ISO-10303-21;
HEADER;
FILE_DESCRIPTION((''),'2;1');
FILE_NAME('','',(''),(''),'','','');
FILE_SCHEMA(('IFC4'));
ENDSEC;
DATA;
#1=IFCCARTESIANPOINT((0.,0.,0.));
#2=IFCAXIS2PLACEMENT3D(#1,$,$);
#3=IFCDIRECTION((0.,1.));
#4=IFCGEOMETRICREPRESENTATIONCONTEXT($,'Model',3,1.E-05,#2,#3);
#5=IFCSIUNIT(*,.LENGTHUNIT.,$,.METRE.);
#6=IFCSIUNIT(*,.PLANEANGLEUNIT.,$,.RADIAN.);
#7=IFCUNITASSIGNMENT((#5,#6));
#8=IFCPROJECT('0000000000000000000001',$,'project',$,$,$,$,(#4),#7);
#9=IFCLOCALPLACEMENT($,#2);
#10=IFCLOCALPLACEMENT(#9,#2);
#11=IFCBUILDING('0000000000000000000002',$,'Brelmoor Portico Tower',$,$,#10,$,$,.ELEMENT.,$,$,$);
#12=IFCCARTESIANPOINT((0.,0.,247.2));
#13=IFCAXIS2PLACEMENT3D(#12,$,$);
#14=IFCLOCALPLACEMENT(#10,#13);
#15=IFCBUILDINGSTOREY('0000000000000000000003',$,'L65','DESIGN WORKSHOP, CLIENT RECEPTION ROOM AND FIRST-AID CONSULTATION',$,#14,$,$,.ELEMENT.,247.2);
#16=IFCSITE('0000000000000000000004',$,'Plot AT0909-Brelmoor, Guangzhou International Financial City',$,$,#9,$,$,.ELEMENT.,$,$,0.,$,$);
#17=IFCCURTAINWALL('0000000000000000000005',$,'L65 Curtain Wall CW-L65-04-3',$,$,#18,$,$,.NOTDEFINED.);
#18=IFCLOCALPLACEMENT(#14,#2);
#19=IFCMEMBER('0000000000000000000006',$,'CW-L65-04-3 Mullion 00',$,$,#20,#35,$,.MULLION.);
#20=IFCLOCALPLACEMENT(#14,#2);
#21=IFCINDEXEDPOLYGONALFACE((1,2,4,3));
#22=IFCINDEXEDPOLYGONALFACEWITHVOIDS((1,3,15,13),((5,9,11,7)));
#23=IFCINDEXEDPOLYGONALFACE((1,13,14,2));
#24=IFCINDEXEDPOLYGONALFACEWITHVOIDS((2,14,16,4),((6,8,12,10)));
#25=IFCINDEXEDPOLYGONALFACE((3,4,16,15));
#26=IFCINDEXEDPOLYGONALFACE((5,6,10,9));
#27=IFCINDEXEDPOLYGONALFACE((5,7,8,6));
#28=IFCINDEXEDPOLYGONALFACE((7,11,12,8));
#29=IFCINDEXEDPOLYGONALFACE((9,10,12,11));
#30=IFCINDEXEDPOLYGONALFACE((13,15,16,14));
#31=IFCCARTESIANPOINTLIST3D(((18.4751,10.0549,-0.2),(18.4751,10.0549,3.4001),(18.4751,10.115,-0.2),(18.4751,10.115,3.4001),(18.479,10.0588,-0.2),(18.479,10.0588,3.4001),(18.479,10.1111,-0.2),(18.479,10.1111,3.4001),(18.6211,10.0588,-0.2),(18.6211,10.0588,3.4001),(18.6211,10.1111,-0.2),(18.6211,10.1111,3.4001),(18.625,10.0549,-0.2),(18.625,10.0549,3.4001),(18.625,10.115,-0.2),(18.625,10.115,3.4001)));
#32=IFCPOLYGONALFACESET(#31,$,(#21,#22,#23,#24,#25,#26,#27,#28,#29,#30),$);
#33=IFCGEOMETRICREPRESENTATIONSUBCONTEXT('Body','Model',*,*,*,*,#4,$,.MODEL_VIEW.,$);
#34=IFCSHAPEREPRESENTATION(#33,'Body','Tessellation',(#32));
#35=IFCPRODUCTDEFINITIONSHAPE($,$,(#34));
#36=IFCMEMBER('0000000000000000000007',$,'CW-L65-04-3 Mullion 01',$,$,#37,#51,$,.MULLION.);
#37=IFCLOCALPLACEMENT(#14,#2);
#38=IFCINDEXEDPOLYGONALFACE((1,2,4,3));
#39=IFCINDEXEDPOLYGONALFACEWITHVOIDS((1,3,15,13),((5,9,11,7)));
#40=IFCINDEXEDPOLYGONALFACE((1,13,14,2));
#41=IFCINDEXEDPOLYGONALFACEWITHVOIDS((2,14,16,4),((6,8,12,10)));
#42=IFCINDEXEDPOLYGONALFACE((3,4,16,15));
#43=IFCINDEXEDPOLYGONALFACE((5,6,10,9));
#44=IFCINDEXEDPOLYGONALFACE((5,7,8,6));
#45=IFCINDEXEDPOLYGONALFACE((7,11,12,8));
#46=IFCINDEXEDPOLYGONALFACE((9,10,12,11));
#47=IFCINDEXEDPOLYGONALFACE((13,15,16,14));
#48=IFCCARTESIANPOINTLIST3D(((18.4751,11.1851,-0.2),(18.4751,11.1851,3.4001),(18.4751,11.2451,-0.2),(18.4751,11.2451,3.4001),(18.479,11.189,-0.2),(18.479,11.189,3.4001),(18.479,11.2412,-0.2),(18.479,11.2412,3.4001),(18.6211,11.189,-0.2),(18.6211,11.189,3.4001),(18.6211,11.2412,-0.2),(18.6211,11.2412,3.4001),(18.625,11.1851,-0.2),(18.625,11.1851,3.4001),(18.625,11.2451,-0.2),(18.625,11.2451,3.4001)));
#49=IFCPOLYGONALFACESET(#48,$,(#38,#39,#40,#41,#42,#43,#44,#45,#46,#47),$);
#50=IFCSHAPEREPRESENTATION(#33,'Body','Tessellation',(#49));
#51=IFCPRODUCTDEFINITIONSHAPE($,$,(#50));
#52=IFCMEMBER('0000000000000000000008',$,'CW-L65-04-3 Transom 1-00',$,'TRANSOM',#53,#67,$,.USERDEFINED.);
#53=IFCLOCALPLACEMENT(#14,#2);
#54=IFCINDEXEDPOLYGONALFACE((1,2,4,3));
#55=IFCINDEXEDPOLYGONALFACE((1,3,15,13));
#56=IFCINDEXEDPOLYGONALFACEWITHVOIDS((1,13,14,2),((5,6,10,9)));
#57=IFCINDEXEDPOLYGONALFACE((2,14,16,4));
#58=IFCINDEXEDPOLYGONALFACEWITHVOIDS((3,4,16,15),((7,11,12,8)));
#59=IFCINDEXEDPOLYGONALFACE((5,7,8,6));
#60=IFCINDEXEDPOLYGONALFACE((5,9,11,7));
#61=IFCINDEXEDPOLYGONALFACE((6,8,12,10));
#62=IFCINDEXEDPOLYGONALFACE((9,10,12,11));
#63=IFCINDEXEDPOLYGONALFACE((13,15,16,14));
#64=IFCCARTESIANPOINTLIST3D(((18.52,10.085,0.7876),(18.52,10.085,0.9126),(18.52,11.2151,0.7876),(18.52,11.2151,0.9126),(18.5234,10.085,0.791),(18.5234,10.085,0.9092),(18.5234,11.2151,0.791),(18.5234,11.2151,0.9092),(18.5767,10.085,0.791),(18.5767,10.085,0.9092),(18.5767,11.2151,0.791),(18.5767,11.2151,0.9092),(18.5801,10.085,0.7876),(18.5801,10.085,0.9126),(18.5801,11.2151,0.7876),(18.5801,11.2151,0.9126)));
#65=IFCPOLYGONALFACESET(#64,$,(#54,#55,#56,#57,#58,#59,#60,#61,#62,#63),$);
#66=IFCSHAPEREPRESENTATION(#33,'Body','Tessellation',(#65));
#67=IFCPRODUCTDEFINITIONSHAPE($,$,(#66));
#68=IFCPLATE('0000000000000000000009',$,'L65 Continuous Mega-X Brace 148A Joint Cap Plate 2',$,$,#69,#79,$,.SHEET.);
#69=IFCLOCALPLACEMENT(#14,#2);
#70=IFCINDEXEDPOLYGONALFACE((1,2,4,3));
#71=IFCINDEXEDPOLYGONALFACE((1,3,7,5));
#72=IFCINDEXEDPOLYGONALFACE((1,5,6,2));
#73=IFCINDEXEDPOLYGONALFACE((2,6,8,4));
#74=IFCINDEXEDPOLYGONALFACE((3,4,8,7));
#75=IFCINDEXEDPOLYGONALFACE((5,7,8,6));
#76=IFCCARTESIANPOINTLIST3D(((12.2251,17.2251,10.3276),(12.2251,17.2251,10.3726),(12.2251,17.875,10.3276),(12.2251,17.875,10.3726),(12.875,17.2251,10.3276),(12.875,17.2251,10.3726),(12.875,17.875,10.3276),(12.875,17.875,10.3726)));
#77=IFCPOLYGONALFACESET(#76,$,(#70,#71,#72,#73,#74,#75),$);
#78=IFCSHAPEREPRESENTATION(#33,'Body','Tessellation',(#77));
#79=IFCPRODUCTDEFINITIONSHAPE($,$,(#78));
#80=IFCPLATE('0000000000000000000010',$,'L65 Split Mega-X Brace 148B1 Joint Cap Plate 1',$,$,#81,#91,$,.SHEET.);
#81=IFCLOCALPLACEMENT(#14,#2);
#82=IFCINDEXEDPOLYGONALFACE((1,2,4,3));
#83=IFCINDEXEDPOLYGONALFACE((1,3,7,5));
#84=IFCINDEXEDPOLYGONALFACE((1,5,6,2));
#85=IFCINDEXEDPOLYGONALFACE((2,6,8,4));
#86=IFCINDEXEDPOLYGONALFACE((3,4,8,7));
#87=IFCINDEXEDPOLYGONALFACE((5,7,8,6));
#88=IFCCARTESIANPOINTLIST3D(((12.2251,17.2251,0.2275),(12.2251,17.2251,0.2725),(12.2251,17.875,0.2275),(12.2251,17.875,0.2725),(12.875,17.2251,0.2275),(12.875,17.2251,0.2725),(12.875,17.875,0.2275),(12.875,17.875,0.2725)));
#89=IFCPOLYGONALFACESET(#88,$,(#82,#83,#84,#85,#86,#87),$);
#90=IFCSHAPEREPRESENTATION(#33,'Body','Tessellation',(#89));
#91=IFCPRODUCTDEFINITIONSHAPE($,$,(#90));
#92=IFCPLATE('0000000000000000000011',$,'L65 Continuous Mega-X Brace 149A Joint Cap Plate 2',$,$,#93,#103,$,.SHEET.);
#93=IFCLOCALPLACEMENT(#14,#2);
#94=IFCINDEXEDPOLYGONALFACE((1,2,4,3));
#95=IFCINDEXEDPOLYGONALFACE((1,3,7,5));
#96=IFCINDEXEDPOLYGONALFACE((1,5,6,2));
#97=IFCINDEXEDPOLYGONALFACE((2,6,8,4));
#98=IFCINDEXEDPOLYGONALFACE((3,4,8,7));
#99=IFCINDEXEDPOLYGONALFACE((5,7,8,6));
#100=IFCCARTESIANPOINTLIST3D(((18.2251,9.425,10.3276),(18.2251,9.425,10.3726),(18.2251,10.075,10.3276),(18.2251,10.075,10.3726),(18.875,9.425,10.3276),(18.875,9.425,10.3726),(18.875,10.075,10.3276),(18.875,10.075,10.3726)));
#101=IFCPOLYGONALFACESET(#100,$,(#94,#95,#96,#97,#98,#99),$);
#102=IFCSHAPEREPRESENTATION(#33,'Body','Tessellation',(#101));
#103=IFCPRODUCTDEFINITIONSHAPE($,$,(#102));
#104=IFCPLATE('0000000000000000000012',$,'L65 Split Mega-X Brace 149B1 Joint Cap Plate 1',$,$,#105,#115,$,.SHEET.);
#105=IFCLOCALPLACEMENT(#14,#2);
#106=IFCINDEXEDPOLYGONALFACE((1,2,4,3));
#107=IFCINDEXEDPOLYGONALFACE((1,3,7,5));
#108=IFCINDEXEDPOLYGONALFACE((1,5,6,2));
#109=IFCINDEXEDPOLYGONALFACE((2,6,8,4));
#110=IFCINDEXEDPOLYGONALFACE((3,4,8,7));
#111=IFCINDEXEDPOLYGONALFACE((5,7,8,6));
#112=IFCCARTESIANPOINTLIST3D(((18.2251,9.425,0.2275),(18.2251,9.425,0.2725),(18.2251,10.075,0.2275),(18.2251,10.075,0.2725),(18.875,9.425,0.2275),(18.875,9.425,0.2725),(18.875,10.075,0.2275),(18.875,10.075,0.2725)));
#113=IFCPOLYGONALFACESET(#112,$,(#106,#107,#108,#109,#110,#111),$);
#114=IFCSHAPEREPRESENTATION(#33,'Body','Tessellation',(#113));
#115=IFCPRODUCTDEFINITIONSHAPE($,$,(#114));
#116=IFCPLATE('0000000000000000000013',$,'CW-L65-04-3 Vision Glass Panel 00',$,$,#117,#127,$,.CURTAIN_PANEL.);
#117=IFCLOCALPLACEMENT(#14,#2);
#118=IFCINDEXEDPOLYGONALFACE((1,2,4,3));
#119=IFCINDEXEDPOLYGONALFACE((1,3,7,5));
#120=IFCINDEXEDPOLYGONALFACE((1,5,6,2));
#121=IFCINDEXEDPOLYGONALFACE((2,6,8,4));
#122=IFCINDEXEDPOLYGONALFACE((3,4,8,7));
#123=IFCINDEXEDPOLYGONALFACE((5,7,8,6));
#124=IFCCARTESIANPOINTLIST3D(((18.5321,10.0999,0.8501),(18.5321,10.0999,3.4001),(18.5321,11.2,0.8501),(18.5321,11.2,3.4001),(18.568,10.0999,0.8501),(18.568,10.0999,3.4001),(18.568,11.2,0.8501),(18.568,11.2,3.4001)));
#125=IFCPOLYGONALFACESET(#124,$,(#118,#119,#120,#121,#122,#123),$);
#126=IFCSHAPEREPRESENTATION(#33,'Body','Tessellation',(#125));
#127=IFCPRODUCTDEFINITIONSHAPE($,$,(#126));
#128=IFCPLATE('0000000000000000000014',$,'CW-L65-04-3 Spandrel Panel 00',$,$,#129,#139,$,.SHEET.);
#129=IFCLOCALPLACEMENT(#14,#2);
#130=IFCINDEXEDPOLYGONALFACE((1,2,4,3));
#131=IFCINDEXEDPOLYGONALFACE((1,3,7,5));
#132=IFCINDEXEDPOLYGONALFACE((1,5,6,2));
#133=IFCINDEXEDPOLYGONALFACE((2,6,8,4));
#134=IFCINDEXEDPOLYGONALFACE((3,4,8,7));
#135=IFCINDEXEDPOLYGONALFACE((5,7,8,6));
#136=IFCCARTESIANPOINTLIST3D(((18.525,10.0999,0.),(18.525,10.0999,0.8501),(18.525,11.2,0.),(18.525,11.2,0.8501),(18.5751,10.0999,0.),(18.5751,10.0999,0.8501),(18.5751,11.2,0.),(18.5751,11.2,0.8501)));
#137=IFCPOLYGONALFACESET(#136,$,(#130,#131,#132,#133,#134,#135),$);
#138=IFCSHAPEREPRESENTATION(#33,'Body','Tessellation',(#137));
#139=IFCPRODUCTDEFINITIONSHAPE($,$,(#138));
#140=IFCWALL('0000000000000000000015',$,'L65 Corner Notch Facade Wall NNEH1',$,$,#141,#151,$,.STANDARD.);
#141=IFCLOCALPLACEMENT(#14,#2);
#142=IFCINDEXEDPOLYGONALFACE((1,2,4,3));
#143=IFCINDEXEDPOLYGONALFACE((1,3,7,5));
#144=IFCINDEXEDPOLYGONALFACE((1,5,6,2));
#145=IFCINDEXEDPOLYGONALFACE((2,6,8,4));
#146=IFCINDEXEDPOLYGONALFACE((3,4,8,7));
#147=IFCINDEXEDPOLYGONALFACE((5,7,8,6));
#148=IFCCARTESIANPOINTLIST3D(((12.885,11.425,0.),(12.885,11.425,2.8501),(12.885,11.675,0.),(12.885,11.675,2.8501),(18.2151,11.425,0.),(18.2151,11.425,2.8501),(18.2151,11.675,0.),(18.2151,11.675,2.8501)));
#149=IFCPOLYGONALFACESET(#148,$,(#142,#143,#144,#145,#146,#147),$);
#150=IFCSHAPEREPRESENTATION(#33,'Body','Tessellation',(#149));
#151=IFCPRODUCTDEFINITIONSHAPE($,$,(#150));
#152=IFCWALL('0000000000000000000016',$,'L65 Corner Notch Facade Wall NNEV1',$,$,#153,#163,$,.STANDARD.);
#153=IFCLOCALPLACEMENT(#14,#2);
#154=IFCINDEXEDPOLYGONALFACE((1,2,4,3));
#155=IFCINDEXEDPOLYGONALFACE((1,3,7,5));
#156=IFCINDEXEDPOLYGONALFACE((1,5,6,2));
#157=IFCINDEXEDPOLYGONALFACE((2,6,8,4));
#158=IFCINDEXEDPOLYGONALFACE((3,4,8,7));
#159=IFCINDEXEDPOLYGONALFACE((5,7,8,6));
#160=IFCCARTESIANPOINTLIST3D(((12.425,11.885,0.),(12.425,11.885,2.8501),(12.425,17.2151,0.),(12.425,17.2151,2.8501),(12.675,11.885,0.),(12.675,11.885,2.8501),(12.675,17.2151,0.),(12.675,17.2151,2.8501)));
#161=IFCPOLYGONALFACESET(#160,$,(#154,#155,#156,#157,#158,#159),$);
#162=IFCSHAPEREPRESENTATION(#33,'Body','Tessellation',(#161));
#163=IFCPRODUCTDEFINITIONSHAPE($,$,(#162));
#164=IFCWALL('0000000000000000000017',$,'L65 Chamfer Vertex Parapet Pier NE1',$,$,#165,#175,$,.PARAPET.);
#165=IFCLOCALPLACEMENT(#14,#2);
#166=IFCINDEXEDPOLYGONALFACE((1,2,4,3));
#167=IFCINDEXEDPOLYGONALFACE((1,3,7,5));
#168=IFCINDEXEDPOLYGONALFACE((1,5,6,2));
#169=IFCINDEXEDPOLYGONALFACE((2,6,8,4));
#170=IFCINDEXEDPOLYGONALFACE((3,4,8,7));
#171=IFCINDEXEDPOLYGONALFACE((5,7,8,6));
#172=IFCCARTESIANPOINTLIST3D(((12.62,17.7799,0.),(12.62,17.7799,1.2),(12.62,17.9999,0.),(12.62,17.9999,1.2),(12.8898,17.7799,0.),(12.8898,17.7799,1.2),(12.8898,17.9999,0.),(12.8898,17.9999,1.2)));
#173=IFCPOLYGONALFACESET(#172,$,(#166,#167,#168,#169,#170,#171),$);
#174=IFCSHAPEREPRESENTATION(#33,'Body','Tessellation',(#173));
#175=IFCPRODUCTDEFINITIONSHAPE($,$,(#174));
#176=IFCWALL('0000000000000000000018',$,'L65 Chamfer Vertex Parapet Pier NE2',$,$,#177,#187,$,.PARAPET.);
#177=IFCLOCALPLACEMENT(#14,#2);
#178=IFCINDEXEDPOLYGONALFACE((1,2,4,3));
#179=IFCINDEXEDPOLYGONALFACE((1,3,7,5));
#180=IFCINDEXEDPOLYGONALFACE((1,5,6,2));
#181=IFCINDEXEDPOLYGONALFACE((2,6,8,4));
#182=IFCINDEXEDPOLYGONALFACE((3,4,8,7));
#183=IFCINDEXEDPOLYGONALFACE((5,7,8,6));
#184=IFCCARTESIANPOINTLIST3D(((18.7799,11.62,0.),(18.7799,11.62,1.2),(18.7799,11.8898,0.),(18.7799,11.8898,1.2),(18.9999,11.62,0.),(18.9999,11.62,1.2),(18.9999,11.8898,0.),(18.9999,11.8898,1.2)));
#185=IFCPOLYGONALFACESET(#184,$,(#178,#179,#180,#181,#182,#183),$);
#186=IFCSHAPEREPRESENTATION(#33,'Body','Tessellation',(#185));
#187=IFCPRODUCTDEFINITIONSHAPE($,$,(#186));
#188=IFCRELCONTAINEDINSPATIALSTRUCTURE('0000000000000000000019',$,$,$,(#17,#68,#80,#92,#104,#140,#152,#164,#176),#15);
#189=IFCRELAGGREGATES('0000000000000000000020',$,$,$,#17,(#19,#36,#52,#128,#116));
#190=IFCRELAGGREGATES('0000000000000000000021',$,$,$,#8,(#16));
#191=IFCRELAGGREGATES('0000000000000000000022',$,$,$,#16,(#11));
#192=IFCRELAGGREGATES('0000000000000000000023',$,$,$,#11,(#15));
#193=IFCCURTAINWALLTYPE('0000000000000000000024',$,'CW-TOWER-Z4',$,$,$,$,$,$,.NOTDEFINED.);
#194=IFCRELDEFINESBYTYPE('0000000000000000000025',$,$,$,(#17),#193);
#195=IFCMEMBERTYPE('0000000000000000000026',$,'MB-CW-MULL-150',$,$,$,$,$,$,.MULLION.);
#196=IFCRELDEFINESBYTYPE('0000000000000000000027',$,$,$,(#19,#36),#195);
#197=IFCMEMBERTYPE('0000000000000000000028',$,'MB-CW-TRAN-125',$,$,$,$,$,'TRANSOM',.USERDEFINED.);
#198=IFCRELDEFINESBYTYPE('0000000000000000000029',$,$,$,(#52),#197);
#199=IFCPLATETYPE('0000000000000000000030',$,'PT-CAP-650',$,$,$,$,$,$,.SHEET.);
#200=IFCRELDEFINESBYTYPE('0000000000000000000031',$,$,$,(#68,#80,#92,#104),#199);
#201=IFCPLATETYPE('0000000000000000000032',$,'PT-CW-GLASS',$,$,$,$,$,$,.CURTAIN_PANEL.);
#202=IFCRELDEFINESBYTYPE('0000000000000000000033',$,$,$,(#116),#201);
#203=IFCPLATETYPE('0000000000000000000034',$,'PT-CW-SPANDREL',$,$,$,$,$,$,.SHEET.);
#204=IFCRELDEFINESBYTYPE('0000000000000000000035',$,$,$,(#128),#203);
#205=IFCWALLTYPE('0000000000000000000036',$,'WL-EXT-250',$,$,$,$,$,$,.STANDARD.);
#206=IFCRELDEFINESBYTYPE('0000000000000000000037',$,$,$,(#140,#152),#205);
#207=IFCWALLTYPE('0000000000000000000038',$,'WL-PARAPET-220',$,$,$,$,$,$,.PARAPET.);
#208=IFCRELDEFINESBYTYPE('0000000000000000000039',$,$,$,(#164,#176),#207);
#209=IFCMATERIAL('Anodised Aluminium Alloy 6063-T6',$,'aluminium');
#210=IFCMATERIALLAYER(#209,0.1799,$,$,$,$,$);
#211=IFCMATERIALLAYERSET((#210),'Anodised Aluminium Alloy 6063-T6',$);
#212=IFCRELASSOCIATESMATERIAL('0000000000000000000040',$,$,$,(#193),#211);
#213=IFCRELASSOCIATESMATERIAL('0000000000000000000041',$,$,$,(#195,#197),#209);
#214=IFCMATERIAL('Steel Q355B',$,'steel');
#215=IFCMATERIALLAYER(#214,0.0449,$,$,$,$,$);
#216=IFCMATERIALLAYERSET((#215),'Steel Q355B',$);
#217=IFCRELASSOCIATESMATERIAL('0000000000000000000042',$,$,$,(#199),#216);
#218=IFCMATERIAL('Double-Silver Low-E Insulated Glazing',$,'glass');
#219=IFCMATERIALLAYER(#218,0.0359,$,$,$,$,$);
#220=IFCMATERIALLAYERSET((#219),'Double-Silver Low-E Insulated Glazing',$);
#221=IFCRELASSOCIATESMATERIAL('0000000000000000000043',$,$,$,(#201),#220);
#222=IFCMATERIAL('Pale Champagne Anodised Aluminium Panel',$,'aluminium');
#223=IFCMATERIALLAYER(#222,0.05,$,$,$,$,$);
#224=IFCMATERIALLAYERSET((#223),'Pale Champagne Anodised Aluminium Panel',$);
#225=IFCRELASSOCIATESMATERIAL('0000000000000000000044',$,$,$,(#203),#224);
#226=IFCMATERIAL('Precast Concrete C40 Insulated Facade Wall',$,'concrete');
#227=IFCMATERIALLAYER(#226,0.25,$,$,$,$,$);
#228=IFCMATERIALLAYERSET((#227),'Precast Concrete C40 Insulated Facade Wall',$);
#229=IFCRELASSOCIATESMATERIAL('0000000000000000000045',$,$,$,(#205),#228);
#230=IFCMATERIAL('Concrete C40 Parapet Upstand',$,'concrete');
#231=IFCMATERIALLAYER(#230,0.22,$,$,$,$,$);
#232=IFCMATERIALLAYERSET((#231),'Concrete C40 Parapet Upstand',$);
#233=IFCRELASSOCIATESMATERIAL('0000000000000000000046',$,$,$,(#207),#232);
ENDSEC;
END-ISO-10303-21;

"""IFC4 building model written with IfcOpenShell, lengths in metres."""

from ifc_helpers import new_model, si_unit, direction, frame, frame_2d, origin, origin_2d, place, context, subcontext, project, spatial, rectangle, hollow_rectangle, extrude, material, layer, layer_set, material_profile, profile_set, type_object, element, aggregate, save


model = new_model("IFC4")

# Units and contexts
model_context = context("Model", 3, precision=1e-05, world=origin(), true_north=direction((0.0, 1.0)))
body_context = subcontext(model_context, "Body", "Model", "MODEL_VIEW")
ifc_project = project(units=[si_unit("LENGTHUNIT", "METRE"), si_unit("PLANEANGLEUNIT", "RADIAN")], contexts=[model_context])

# Site, building, storey
site_placement = place(None, origin())
site = spatial("IfcSite", under=ifc_project, at=site_placement, Name="Plot AT0909-Brelmoor, Guangzhou International Financial City", CompositionType="ELEMENT", RefElevation=0.0)
building_placement = place(site_placement, origin())
building = spatial("IfcBuilding", under=site, at=building_placement, Name="Brelmoor Portico Tower", CompositionType="ELEMENT")
storey_placement = place(building_placement, frame((0.0, 0.0, 247.2)))
storey = spatial("IfcBuildingStorey", under=building, at=storey_placement, Name="L65", Description="DESIGN WORKSHOP, CLIENT RECEPTION ROOM AND FIRST-AID CONSULTATION", CompositionType="ELEMENT", Elevation=247.2)

# Shared definitions
ifc_material_1 = material(Name="Steel Q355B", Category="steel")

# Curtain wall, members
ifc_material_2 = material(Name="Anodised Aluminium Alloy 6063-T6", Category="aluminium")
ifc_layer_1 = layer(ifc_material_2, 0.1799)
ifc_layer_set_1 = layer_set([ifc_layer_1], Name="Anodised Aluminium Alloy 6063-T6")
curtain_wall_type = type_object("IfcCurtainWallType", Name="CW-TOWER-Z4", PredefinedType="NOTDEFINED", material=ifc_layer_set_1)
curtain_wall_placement = place(storey_placement, origin())
curtain_wall = element("IfcCurtainWall", 1, at=curtain_wall_placement, inside=storey, type_object=curtain_wall_type, Name="L65 Curtain Wall CW-L65-04-3", PredefinedType="NOTDEFINED")
ifc_material_profile_1 = material_profile(ifc_material_2, hollow_rectangle(XDim=0.0601, YDim=0.1499, WallThickness=0.0039, at=origin_2d()), Name="ALU MULLION 60x150")
ifc_profile_set_1 = profile_set([ifc_material_profile_1], Name="Anodised Aluminium Alloy 6063-T6")
member_type_1 = type_object("IfcMemberType", Name="MB-CW-MULL-150", PredefinedType="MULLION", material=ifc_profile_set_1)
member_1_placement = place(storey_placement, frame((18.55, 10.085, -0.2), z_axis=(0.0, 0.0, 1.0), x_axis=(0.0, 1.0, 0.0)))
member_1 = element("IfcMember", 2, at=member_1_placement, type_object=member_type_1, Name="CW-L65-04-3 Mullion 00", PredefinedType="MULLION", context=body_context, shape_type="SweptSolid", body=[
    extrude(hollow_rectangle(XDim=0.0601, YDim=0.1499, WallThickness=0.0039, at=origin_2d()), origin(), (0.0, 0.0, 1.0), 3.6001),
])
member_2_placement = place(storey_placement, frame((18.55, 11.2151, -0.2), z_axis=(0.0, 0.0, 1.0), x_axis=(0.0, 1.0, 0.0)))
member_2 = element("IfcMember", 3, at=member_2_placement, type_object=member_type_1, Name="CW-L65-04-3 Mullion 01", PredefinedType="MULLION", context=body_context, shape_type="SweptSolid", body=[
    extrude(hollow_rectangle(XDim=0.0601, YDim=0.1499, WallThickness=0.0039, at=origin_2d()), origin(), (0.0, 0.0, 1.0), 3.6001),
])
ifc_material_profile_2 = material_profile(ifc_material_2, hollow_rectangle(XDim=0.0601, YDim=0.125, WallThickness=0.0034, at=origin_2d()), Name="ALU TRANSOM 60x125")
ifc_profile_set_2 = profile_set([ifc_material_profile_2], Name="Anodised Aluminium Alloy 6063-T6")
member_type_2 = type_object("IfcMemberType", Name="MB-CW-TRAN-125", ElementType="TRANSOM", PredefinedType="USERDEFINED", material=ifc_profile_set_2)
member_3_placement = place(storey_placement, frame((18.55, 10.085, 0.8501), z_axis=(0.0, 1.0, 0.0), x_axis=(-1.0, 0.0, 0.0)))
member_3 = element("IfcMember", 4, at=member_3_placement, type_object=member_type_2, Name="CW-L65-04-3 Transom 1-00", ObjectType="TRANSOM", PredefinedType="USERDEFINED", context=body_context, shape_type="SweptSolid", body=[
    extrude(hollow_rectangle(XDim=0.0601, YDim=0.125, WallThickness=0.0034, at=origin_2d()), origin(), (0.0, 0.0, 1.0), 1.1301),
])

# Plates
ifc_layer_2 = layer(ifc_material_1, 0.0449)
ifc_layer_set_2 = layer_set([ifc_layer_2], Name="Steel Q355B")
plate_type_1 = type_object("IfcPlateType", Name="PT-CAP-650", PredefinedType="SHEET", material=ifc_layer_set_2)
for number, where, z_axis, x_axis, name in (
    (5, (12.55, 17.55, 10.3276), (0.0, 0.0, 1.0), (1.0, 0.0, 0.0), "L65 Continuous Mega-X Brace 148A Joint Cap Plate 2"),
    (6, (12.55, 17.55, 0.2275), (0.0, 0.0, 1.0), (1.0, 0.0, 0.0), "L65 Split Mega-X Brace 148B1 Joint Cap Plate 1"),
    (7, (18.55, 9.75, 10.3276), (0.0, 0.0, 1.0), (1.0, 0.0, 0.0), "L65 Continuous Mega-X Brace 149A Joint Cap Plate 2"),
    (8, (18.55, 9.75, 0.2275), (0.0, 0.0, 1.0), (1.0, 0.0, 0.0), "L65 Split Mega-X Brace 149B1 Joint Cap Plate 1"),
):
    element("IfcPlate", number, at=place(storey_placement, frame(where, z_axis=z_axis, x_axis=x_axis)), inside=storey, type_object=plate_type_1, Name=name, PredefinedType="SHEET", context=body_context, shape_type="SweptSolid", body=[
        extrude(rectangle(XDim=0.6499, YDim=0.6499, at=origin_2d()), origin(), (0.0, 0.0, 1.0), 0.0449),
    ])

# Plates
ifc_material_3 = material(Name="Double-Silver Low-E Insulated Glazing", Category="glass")
ifc_layer_3 = layer(ifc_material_3, 0.0359)
ifc_layer_set_3 = layer_set([ifc_layer_3], Name="Double-Silver Low-E Insulated Glazing")
plate_type_2 = type_object("IfcPlateType", Name="PT-CW-GLASS", PredefinedType="CURTAIN_PANEL", material=ifc_layer_set_3)
plate_1_placement = place(storey_placement, frame((18.55, 10.6499, 0.8501), z_axis=(0.0, 0.0, 1.0), x_axis=(0.0, 1.0, 0.0)))
plate_1 = element("IfcPlate", 9, at=plate_1_placement, type_object=plate_type_2, Name="CW-L65-04-3 Vision Glass Panel 00", PredefinedType="CURTAIN_PANEL", context=body_context, shape_type="SweptSolid", body=[
    extrude(rectangle(XDim=1.1001, YDim=0.0359, at=origin_2d()), origin(), (0.0, 0.0, 1.0), 2.55),
])
ifc_material_4 = material(Name="Pale Champagne Anodised Aluminium Panel", Category="aluminium")
ifc_layer_4 = layer(ifc_material_4, 0.05)
ifc_layer_set_4 = layer_set([ifc_layer_4], Name="Pale Champagne Anodised Aluminium Panel")
plate_type_3 = type_object("IfcPlateType", Name="PT-CW-SPANDREL", PredefinedType="SHEET", material=ifc_layer_set_4)
plate_2_placement = place(storey_placement, frame((18.55, 10.6499, 0.0), z_axis=(0.0, 0.0, 1.0), x_axis=(0.0, 1.0, 0.0)))
plate_2 = element("IfcPlate", 10, at=plate_2_placement, type_object=plate_type_3, Name="CW-L65-04-3 Spandrel Panel 00", PredefinedType="SHEET", context=body_context, shape_type="SweptSolid", body=[
    extrude(rectangle(XDim=1.1001, YDim=0.05, at=origin_2d()), origin(), (0.0, 0.0, 1.0), 0.8501),
])
aggregate(curtain_wall, [member_1, member_2, member_3, plate_2, plate_1])

# Walls
ifc_material_5 = material(Name="Precast Concrete C40 Insulated Facade Wall", Category="concrete")
ifc_layer_5 = layer(ifc_material_5, 0.25)
ifc_layer_set_5 = layer_set([ifc_layer_5], Name="Precast Concrete C40 Insulated Facade Wall")
wall_type_1 = type_object("IfcWallType", Name="WL-EXT-250", PredefinedType="STANDARD", material=ifc_layer_set_5)
for number, where, z_axis, x_axis, name in (
    (11, (12.885, 11.55, 0.0), (0.0, 0.0, 1.0), (1.0, 0.0, 0.0), "L65 Corner Notch Facade Wall NNEH1"),
    (12, (12.55, 11.885, 0.0), (0.0, 0.0, 1.0), (0.0, 1.0, 0.0), "L65 Corner Notch Facade Wall NNEV1"),
):
    element("IfcWall", number, at=place(storey_placement, frame(where, z_axis=z_axis, x_axis=x_axis)), inside=storey, type_object=wall_type_1, Name=name, PredefinedType="STANDARD", context=body_context, shape_type="SweptSolid", body=[
        extrude(rectangle(XDim=5.3301, YDim=0.25, at=frame_2d((2.665, 0.0))), origin(), (0.0, 0.0, 1.0), 2.8501),
    ])
ifc_material_6 = material(Name="Concrete C40 Parapet Upstand", Category="concrete")
ifc_layer_6 = layer(ifc_material_6, 0.22)
ifc_layer_set_6 = layer_set([ifc_layer_6], Name="Concrete C40 Parapet Upstand")
wall_type_2 = type_object("IfcWallType", Name="WL-PARAPET-220", PredefinedType="PARAPET", material=ifc_layer_set_6)
for number, where, z_axis, x_axis, name in (
    (13, (12.6201, 17.8899, 0.0), (0.0, 0.0, 1.0), (1.0, 0.0, 0.0), "L65 Chamfer Vertex Parapet Pier NE1"),
    (14, (18.8899, 11.6201, 0.0), (0.0, 0.0, 1.0), (0.0, 1.0, 0.0), "L65 Chamfer Vertex Parapet Pier NE2"),
):
    element("IfcWall", number, at=place(storey_placement, frame(where, z_axis=z_axis, x_axis=x_axis)), inside=storey, type_object=wall_type_2, Name=name, PredefinedType="PARAPET", context=body_context, shape_type="SweptSolid", body=[
        extrude(rectangle(XDim=0.2698, YDim=0.22, at=frame_2d((0.1348, 0.0))), origin(), (0.0, 0.0, 1.0), 1.2),
    ])

save(model, "model.ifc")
